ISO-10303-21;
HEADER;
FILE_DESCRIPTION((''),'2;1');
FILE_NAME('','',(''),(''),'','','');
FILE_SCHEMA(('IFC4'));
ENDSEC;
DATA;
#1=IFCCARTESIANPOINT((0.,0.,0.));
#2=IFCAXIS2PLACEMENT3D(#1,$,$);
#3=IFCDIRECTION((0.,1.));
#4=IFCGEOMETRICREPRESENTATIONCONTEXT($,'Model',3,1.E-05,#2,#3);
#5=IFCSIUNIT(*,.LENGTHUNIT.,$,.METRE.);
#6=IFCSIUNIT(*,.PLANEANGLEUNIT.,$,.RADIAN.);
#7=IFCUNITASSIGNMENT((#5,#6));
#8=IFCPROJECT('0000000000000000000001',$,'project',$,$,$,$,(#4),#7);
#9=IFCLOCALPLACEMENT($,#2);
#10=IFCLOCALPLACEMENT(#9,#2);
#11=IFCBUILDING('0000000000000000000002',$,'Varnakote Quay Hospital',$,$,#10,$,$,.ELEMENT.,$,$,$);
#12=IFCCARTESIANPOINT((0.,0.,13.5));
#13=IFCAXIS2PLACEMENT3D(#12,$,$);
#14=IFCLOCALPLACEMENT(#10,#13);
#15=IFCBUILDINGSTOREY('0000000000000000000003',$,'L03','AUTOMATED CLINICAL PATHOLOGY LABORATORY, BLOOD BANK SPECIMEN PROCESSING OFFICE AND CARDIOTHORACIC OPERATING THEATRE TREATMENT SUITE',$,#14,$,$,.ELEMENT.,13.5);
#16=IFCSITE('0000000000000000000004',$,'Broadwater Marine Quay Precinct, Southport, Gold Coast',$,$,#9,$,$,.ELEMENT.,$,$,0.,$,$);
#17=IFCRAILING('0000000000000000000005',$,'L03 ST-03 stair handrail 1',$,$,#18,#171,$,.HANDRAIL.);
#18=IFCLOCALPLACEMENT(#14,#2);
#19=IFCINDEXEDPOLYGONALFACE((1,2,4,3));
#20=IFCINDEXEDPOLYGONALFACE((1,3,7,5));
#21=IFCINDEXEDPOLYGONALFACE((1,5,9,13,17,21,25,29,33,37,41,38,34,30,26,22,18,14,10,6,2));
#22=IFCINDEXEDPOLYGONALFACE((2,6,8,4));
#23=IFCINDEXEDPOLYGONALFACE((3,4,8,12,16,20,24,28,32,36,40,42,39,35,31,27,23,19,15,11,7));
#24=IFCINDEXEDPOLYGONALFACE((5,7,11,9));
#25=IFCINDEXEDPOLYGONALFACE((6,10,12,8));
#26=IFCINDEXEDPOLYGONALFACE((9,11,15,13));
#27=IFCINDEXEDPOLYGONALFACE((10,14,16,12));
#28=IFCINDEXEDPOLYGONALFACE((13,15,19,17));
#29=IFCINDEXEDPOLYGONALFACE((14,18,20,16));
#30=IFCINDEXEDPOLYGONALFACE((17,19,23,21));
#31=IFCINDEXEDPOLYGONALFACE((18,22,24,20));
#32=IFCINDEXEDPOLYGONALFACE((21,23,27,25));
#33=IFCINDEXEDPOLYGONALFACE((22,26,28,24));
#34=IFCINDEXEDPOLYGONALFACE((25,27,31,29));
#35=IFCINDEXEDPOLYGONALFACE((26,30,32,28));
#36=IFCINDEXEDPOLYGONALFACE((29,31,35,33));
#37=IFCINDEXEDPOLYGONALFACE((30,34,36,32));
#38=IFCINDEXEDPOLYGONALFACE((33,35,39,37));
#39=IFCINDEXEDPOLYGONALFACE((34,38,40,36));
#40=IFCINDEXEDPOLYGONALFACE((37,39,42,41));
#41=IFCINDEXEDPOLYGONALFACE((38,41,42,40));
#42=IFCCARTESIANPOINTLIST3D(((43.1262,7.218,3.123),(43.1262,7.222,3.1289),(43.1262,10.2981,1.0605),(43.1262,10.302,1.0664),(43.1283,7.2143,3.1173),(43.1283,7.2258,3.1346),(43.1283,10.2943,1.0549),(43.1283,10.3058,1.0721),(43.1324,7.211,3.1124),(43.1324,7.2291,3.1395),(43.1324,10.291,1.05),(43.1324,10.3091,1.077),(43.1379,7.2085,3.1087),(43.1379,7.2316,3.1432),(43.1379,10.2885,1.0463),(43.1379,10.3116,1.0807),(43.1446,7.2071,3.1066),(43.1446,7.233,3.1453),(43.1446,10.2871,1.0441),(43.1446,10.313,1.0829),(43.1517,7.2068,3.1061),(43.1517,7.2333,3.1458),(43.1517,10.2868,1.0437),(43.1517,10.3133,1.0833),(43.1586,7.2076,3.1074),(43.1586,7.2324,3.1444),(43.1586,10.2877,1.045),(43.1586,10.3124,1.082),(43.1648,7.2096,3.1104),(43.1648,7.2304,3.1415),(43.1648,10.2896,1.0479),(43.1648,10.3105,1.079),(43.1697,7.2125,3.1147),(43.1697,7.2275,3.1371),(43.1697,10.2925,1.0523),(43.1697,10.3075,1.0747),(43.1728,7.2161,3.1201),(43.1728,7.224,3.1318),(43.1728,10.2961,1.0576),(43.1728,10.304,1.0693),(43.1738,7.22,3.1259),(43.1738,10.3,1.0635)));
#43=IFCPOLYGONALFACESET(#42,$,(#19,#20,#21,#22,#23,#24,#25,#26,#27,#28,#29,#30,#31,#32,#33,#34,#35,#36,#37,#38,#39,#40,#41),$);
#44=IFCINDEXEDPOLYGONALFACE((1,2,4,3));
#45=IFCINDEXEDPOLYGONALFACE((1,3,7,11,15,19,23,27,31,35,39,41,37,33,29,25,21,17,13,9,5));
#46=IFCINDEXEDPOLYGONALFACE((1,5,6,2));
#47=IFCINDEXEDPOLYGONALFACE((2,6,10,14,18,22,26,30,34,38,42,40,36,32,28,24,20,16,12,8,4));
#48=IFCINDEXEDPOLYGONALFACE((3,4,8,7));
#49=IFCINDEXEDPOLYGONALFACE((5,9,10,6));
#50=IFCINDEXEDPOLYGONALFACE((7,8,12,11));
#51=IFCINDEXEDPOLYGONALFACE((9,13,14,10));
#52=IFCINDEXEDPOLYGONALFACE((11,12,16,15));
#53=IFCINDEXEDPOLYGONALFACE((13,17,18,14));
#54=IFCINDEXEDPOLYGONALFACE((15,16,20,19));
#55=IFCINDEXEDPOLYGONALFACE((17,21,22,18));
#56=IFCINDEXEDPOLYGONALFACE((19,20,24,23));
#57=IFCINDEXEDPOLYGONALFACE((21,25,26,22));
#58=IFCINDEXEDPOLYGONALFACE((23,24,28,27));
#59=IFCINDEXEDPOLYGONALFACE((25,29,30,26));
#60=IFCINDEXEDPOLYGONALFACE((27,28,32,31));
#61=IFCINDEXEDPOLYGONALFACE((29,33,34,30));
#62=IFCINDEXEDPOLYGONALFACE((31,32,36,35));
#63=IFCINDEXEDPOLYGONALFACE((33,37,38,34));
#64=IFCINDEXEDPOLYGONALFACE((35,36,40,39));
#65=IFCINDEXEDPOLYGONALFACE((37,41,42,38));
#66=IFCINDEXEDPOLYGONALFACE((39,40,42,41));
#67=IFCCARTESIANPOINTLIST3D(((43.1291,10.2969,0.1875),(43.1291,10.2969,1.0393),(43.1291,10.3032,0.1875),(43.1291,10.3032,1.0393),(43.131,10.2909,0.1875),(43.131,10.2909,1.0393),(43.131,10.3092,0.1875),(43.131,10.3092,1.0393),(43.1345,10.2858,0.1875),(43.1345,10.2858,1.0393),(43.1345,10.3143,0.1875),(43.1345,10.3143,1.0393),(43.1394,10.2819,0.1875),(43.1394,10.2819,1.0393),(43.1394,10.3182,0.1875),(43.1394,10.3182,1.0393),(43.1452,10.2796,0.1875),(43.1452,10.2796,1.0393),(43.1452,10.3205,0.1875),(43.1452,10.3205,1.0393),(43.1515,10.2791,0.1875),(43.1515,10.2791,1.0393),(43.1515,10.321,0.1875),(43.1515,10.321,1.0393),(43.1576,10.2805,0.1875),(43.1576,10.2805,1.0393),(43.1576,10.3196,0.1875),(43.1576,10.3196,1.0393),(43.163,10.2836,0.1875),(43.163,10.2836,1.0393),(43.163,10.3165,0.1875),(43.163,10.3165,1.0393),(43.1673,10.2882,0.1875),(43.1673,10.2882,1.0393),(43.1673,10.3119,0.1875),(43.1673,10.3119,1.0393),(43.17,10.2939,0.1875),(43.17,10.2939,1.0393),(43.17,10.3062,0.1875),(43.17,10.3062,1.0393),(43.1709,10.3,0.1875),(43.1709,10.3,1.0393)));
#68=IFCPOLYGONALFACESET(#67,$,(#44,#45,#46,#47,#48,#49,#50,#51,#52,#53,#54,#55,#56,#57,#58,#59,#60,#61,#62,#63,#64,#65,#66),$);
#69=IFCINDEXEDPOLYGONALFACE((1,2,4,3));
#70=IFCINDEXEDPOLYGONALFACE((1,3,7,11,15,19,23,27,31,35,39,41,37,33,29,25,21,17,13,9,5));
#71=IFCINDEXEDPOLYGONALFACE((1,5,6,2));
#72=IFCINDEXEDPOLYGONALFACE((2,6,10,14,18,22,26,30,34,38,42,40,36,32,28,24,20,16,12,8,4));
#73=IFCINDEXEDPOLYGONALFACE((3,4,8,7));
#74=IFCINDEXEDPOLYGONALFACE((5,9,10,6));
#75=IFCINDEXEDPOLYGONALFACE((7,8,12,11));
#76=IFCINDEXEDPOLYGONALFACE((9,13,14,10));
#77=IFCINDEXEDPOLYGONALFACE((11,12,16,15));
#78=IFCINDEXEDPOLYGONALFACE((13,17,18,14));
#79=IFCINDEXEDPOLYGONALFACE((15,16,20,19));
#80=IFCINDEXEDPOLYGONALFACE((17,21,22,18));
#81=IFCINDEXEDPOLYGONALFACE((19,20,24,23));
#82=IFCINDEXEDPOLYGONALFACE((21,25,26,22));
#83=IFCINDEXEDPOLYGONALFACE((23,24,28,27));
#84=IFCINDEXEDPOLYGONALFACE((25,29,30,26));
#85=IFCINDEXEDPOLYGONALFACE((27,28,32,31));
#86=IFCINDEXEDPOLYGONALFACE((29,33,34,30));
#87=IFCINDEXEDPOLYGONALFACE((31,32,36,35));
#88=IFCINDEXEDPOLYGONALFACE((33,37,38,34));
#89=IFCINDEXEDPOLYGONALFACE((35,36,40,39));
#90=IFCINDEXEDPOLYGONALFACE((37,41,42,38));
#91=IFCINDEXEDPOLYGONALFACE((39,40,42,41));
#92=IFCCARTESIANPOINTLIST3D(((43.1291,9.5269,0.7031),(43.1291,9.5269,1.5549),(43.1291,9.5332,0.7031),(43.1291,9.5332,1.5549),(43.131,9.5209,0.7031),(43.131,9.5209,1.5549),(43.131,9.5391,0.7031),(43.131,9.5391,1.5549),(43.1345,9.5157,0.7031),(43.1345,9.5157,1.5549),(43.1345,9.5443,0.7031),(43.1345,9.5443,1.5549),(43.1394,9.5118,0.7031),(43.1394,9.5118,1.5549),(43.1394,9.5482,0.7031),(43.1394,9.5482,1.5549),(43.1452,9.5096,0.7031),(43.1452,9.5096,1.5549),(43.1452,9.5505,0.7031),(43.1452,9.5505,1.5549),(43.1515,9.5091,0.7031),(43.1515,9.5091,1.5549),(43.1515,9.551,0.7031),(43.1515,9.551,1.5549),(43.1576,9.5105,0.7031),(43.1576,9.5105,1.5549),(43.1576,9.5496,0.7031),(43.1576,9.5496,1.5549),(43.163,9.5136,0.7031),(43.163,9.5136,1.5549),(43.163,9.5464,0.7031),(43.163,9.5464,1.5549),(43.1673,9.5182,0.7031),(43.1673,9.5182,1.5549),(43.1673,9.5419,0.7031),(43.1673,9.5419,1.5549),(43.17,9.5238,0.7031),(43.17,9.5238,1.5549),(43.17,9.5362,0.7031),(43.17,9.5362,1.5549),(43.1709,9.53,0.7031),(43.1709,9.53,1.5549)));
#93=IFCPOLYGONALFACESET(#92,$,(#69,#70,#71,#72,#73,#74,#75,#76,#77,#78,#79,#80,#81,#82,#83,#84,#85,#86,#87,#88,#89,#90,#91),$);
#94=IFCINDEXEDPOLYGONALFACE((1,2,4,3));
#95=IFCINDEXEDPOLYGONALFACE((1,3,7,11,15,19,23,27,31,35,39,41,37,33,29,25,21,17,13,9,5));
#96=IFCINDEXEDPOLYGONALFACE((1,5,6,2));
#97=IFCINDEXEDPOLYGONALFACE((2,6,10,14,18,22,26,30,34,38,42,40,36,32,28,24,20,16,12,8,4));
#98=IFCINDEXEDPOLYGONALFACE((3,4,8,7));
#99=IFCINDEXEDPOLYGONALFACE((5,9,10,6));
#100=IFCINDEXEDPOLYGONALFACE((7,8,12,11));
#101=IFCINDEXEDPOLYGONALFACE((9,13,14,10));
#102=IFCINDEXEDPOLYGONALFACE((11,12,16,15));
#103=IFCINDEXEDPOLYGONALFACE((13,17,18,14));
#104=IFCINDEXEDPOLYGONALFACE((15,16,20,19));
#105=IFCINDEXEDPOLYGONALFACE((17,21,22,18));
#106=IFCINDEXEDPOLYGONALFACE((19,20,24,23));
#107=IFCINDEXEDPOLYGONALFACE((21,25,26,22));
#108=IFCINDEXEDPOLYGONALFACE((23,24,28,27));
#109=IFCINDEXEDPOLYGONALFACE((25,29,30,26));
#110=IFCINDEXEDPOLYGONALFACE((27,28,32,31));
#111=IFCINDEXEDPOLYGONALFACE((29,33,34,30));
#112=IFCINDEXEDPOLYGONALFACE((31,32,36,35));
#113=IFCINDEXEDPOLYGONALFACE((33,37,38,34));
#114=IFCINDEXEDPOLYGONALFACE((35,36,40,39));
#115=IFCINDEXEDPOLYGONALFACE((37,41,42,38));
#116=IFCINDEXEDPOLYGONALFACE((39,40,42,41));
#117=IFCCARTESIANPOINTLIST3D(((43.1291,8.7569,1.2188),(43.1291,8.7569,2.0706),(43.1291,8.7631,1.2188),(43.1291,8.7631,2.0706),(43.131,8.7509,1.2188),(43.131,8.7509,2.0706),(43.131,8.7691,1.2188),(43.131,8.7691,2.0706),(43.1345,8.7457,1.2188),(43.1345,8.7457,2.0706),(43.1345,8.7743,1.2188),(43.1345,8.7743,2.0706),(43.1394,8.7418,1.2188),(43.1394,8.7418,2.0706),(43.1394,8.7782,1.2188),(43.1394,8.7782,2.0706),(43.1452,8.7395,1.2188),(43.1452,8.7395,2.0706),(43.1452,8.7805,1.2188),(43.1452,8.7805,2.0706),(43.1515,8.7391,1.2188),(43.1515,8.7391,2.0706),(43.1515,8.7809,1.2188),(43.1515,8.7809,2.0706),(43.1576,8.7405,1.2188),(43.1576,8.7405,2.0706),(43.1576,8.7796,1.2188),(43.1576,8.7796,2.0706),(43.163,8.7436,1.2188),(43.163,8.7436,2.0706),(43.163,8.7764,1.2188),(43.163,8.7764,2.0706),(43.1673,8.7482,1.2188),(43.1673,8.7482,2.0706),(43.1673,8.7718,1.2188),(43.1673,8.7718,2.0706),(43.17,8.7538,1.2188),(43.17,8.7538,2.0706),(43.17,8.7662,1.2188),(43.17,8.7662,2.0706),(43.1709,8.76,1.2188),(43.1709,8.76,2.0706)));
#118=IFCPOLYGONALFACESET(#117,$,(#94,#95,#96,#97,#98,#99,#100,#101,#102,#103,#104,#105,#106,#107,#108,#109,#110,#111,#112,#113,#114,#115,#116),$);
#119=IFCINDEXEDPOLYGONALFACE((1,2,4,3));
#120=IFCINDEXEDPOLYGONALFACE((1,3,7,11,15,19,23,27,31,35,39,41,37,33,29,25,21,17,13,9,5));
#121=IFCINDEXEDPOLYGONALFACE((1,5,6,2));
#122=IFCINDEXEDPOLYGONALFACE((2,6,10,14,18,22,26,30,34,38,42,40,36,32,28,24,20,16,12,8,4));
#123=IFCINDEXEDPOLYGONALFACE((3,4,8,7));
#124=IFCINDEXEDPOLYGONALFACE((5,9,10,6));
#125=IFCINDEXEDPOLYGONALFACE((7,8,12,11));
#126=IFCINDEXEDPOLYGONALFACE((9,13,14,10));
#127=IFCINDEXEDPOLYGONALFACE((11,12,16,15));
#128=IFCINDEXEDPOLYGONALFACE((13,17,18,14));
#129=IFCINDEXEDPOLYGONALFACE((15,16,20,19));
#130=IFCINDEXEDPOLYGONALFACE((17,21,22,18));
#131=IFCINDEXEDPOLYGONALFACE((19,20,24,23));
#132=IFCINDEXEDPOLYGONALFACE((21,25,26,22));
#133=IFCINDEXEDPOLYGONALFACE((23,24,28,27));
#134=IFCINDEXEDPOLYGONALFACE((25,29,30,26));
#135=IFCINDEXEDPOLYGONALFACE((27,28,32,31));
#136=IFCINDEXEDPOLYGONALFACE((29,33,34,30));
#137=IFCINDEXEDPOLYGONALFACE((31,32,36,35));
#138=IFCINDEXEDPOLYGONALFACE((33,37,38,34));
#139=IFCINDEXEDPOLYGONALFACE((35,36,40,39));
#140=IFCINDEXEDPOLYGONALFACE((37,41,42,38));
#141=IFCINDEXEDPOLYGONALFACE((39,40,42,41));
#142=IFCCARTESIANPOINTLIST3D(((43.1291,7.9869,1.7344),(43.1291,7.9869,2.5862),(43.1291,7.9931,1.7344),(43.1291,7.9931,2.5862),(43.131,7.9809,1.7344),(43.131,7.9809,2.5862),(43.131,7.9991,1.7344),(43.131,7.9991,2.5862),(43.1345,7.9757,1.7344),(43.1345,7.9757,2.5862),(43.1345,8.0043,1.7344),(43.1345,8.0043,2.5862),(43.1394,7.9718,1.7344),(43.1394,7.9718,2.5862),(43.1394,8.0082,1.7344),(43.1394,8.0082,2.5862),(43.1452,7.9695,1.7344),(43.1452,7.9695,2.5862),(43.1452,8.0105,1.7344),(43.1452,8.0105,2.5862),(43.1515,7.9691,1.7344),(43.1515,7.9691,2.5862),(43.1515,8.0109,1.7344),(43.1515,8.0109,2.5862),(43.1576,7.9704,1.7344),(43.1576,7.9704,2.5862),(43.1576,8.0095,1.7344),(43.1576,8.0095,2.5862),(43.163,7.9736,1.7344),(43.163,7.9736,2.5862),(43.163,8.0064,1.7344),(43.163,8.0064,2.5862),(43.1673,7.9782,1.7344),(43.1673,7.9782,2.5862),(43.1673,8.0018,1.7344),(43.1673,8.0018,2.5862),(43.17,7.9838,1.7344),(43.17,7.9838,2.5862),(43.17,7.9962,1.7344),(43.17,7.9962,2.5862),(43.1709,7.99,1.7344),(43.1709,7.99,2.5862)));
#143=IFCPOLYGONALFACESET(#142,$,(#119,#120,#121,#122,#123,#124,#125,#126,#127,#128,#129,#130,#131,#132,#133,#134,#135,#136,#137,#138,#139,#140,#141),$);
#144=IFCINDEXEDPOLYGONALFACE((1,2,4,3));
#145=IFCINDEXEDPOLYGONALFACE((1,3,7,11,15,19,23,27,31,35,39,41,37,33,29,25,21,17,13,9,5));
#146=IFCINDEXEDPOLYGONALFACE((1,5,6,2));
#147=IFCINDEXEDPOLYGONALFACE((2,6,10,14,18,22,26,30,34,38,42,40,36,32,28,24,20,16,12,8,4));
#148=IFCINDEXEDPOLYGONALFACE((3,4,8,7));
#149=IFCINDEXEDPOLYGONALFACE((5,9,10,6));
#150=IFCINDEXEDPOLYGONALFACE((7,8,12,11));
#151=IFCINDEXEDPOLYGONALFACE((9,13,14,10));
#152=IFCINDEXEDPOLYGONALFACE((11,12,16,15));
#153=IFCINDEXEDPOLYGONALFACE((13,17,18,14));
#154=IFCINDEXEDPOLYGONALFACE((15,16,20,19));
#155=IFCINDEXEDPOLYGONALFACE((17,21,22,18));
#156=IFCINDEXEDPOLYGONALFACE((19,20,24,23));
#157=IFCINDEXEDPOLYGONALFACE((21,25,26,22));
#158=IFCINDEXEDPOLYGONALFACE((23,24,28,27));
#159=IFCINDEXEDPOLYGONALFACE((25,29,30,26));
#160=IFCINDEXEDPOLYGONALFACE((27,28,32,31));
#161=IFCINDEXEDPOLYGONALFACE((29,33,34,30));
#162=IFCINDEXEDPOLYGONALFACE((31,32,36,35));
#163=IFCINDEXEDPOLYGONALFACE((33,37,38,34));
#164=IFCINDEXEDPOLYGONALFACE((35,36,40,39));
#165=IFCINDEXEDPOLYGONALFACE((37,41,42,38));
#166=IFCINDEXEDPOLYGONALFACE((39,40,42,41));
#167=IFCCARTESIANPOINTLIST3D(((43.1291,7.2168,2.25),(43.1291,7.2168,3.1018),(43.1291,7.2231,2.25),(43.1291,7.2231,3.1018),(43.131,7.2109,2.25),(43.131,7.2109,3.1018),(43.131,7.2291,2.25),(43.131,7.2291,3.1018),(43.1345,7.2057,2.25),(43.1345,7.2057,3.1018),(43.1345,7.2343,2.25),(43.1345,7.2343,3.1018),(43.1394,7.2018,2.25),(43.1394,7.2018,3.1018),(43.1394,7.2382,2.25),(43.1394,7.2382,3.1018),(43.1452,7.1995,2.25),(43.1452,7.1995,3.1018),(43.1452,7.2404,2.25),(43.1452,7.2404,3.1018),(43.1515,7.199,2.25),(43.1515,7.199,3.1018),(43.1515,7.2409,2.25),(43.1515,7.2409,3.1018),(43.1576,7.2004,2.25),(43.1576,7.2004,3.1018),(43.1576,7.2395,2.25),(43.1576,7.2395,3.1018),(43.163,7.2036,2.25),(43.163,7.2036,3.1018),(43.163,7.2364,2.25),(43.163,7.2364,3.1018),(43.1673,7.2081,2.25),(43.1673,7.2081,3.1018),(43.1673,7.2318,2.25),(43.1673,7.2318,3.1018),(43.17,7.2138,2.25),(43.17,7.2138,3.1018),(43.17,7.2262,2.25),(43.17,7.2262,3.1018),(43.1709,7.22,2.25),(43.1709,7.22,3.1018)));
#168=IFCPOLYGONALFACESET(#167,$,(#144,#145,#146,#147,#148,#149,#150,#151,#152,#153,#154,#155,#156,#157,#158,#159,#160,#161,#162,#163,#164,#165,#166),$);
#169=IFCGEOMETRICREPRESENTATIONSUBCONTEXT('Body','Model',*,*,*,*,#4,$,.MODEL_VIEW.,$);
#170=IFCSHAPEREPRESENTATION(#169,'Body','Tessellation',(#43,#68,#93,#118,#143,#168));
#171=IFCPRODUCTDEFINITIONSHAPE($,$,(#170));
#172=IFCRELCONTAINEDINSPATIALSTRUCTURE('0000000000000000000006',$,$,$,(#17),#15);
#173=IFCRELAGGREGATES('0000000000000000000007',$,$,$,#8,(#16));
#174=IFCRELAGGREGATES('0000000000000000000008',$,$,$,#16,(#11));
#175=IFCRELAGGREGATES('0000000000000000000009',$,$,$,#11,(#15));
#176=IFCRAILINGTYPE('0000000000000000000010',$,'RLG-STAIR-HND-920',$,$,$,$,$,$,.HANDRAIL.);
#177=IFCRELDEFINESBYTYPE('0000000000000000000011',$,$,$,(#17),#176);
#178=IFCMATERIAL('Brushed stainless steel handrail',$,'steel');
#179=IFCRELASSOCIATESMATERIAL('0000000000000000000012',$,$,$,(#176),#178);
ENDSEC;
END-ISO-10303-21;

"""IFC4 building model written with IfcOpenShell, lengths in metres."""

from ifc_helpers import new_model, si_unit, direction, frame, origin, origin_2d, place, context, subcontext, project, spatial, circle, extrude, material, type_object, element, save


model = new_model("IFC4")

# Units and contexts
model_context = context("Model", 3, precision=1e-05, world=origin(), true_north=direction((0.0, 1.0)))
body_context = subcontext(model_context, "Body", "Model", "MODEL_VIEW")
ifc_project = project(units=[si_unit("LENGTHUNIT", "METRE"), si_unit("PLANEANGLEUNIT", "RADIAN")], contexts=[model_context])

# Site, building, storey
site_placement = place(None, origin())
site = spatial("IfcSite", under=ifc_project, at=site_placement, Name="Broadwater Marine Quay Precinct, Southport, Gold Coast", CompositionType="ELEMENT", RefElevation=0.0)
building_placement = place(site_placement, origin())
building = spatial("IfcBuilding", under=site, at=building_placement, Name="Varnakote Quay Hospital", CompositionType="ELEMENT")
storey_placement = place(building_placement, frame((0.0, 0.0, 13.5)))
storey = spatial("IfcBuildingStorey", under=building, at=storey_placement, Name="L03", Description="AUTOMATED CLINICAL PATHOLOGY LABORATORY, BLOOD BANK SPECIMEN PROCESSING OFFICE AND CARDIOTHORACIC OPERATING THEATRE TREATMENT SUITE", CompositionType="ELEMENT", Elevation=13.5)

# Railing
ifc_material_1 = material(Name="Brushed stainless steel handrail", Category="steel")
railing_type_1 = type_object("IfcRailingType", Name="RLG-STAIR-HND-920", PredefinedType="HANDRAIL", material=ifc_material_1)
railing_1_placement = place(storey_placement, frame((43.1499, 10.3, 0.1875)))
element("IfcRailing", 1, at=railing_1_placement, inside=storey, type_object=railing_type_1, Name="L03 ST-03 stair handrail 1", PredefinedType="HANDRAIL", context=body_context, shape_type="SweptSolid", body=[
    extrude(circle(Radius=0.0239, at=origin_2d()), frame((0.0, 0.0, 0.876), z_axis=(0.0, -0.830914, 0.556401), x_axis=(1.0, 0.0, 0.0)), (0.0, 0.0, 1.0), 3.7068),
    extrude(circle(Radius=0.021, at=origin_2d()), origin(), (0.0, 0.0, 1.0), 0.8518),
    extrude(circle(Radius=0.021, at=origin_2d()), frame((0.0, -0.77, 0.5156)), (0.0, 0.0, 1.0), 0.8518),
    extrude(circle(Radius=0.021, at=origin_2d()), frame((0.0, -1.54, 1.0312)), (0.0, 0.0, 1.0), 0.8518),
    extrude(circle(Radius=0.021, at=origin_2d()), frame((0.0, -2.3101, 1.5469)), (0.0, 0.0, 1.0), 0.8518),
    extrude(circle(Radius=0.021, at=origin_2d()), frame((0.0, -3.0801, 2.0625)), (0.0, 0.0, 1.0), 0.8518),
])

save(model, "model.ifc")
